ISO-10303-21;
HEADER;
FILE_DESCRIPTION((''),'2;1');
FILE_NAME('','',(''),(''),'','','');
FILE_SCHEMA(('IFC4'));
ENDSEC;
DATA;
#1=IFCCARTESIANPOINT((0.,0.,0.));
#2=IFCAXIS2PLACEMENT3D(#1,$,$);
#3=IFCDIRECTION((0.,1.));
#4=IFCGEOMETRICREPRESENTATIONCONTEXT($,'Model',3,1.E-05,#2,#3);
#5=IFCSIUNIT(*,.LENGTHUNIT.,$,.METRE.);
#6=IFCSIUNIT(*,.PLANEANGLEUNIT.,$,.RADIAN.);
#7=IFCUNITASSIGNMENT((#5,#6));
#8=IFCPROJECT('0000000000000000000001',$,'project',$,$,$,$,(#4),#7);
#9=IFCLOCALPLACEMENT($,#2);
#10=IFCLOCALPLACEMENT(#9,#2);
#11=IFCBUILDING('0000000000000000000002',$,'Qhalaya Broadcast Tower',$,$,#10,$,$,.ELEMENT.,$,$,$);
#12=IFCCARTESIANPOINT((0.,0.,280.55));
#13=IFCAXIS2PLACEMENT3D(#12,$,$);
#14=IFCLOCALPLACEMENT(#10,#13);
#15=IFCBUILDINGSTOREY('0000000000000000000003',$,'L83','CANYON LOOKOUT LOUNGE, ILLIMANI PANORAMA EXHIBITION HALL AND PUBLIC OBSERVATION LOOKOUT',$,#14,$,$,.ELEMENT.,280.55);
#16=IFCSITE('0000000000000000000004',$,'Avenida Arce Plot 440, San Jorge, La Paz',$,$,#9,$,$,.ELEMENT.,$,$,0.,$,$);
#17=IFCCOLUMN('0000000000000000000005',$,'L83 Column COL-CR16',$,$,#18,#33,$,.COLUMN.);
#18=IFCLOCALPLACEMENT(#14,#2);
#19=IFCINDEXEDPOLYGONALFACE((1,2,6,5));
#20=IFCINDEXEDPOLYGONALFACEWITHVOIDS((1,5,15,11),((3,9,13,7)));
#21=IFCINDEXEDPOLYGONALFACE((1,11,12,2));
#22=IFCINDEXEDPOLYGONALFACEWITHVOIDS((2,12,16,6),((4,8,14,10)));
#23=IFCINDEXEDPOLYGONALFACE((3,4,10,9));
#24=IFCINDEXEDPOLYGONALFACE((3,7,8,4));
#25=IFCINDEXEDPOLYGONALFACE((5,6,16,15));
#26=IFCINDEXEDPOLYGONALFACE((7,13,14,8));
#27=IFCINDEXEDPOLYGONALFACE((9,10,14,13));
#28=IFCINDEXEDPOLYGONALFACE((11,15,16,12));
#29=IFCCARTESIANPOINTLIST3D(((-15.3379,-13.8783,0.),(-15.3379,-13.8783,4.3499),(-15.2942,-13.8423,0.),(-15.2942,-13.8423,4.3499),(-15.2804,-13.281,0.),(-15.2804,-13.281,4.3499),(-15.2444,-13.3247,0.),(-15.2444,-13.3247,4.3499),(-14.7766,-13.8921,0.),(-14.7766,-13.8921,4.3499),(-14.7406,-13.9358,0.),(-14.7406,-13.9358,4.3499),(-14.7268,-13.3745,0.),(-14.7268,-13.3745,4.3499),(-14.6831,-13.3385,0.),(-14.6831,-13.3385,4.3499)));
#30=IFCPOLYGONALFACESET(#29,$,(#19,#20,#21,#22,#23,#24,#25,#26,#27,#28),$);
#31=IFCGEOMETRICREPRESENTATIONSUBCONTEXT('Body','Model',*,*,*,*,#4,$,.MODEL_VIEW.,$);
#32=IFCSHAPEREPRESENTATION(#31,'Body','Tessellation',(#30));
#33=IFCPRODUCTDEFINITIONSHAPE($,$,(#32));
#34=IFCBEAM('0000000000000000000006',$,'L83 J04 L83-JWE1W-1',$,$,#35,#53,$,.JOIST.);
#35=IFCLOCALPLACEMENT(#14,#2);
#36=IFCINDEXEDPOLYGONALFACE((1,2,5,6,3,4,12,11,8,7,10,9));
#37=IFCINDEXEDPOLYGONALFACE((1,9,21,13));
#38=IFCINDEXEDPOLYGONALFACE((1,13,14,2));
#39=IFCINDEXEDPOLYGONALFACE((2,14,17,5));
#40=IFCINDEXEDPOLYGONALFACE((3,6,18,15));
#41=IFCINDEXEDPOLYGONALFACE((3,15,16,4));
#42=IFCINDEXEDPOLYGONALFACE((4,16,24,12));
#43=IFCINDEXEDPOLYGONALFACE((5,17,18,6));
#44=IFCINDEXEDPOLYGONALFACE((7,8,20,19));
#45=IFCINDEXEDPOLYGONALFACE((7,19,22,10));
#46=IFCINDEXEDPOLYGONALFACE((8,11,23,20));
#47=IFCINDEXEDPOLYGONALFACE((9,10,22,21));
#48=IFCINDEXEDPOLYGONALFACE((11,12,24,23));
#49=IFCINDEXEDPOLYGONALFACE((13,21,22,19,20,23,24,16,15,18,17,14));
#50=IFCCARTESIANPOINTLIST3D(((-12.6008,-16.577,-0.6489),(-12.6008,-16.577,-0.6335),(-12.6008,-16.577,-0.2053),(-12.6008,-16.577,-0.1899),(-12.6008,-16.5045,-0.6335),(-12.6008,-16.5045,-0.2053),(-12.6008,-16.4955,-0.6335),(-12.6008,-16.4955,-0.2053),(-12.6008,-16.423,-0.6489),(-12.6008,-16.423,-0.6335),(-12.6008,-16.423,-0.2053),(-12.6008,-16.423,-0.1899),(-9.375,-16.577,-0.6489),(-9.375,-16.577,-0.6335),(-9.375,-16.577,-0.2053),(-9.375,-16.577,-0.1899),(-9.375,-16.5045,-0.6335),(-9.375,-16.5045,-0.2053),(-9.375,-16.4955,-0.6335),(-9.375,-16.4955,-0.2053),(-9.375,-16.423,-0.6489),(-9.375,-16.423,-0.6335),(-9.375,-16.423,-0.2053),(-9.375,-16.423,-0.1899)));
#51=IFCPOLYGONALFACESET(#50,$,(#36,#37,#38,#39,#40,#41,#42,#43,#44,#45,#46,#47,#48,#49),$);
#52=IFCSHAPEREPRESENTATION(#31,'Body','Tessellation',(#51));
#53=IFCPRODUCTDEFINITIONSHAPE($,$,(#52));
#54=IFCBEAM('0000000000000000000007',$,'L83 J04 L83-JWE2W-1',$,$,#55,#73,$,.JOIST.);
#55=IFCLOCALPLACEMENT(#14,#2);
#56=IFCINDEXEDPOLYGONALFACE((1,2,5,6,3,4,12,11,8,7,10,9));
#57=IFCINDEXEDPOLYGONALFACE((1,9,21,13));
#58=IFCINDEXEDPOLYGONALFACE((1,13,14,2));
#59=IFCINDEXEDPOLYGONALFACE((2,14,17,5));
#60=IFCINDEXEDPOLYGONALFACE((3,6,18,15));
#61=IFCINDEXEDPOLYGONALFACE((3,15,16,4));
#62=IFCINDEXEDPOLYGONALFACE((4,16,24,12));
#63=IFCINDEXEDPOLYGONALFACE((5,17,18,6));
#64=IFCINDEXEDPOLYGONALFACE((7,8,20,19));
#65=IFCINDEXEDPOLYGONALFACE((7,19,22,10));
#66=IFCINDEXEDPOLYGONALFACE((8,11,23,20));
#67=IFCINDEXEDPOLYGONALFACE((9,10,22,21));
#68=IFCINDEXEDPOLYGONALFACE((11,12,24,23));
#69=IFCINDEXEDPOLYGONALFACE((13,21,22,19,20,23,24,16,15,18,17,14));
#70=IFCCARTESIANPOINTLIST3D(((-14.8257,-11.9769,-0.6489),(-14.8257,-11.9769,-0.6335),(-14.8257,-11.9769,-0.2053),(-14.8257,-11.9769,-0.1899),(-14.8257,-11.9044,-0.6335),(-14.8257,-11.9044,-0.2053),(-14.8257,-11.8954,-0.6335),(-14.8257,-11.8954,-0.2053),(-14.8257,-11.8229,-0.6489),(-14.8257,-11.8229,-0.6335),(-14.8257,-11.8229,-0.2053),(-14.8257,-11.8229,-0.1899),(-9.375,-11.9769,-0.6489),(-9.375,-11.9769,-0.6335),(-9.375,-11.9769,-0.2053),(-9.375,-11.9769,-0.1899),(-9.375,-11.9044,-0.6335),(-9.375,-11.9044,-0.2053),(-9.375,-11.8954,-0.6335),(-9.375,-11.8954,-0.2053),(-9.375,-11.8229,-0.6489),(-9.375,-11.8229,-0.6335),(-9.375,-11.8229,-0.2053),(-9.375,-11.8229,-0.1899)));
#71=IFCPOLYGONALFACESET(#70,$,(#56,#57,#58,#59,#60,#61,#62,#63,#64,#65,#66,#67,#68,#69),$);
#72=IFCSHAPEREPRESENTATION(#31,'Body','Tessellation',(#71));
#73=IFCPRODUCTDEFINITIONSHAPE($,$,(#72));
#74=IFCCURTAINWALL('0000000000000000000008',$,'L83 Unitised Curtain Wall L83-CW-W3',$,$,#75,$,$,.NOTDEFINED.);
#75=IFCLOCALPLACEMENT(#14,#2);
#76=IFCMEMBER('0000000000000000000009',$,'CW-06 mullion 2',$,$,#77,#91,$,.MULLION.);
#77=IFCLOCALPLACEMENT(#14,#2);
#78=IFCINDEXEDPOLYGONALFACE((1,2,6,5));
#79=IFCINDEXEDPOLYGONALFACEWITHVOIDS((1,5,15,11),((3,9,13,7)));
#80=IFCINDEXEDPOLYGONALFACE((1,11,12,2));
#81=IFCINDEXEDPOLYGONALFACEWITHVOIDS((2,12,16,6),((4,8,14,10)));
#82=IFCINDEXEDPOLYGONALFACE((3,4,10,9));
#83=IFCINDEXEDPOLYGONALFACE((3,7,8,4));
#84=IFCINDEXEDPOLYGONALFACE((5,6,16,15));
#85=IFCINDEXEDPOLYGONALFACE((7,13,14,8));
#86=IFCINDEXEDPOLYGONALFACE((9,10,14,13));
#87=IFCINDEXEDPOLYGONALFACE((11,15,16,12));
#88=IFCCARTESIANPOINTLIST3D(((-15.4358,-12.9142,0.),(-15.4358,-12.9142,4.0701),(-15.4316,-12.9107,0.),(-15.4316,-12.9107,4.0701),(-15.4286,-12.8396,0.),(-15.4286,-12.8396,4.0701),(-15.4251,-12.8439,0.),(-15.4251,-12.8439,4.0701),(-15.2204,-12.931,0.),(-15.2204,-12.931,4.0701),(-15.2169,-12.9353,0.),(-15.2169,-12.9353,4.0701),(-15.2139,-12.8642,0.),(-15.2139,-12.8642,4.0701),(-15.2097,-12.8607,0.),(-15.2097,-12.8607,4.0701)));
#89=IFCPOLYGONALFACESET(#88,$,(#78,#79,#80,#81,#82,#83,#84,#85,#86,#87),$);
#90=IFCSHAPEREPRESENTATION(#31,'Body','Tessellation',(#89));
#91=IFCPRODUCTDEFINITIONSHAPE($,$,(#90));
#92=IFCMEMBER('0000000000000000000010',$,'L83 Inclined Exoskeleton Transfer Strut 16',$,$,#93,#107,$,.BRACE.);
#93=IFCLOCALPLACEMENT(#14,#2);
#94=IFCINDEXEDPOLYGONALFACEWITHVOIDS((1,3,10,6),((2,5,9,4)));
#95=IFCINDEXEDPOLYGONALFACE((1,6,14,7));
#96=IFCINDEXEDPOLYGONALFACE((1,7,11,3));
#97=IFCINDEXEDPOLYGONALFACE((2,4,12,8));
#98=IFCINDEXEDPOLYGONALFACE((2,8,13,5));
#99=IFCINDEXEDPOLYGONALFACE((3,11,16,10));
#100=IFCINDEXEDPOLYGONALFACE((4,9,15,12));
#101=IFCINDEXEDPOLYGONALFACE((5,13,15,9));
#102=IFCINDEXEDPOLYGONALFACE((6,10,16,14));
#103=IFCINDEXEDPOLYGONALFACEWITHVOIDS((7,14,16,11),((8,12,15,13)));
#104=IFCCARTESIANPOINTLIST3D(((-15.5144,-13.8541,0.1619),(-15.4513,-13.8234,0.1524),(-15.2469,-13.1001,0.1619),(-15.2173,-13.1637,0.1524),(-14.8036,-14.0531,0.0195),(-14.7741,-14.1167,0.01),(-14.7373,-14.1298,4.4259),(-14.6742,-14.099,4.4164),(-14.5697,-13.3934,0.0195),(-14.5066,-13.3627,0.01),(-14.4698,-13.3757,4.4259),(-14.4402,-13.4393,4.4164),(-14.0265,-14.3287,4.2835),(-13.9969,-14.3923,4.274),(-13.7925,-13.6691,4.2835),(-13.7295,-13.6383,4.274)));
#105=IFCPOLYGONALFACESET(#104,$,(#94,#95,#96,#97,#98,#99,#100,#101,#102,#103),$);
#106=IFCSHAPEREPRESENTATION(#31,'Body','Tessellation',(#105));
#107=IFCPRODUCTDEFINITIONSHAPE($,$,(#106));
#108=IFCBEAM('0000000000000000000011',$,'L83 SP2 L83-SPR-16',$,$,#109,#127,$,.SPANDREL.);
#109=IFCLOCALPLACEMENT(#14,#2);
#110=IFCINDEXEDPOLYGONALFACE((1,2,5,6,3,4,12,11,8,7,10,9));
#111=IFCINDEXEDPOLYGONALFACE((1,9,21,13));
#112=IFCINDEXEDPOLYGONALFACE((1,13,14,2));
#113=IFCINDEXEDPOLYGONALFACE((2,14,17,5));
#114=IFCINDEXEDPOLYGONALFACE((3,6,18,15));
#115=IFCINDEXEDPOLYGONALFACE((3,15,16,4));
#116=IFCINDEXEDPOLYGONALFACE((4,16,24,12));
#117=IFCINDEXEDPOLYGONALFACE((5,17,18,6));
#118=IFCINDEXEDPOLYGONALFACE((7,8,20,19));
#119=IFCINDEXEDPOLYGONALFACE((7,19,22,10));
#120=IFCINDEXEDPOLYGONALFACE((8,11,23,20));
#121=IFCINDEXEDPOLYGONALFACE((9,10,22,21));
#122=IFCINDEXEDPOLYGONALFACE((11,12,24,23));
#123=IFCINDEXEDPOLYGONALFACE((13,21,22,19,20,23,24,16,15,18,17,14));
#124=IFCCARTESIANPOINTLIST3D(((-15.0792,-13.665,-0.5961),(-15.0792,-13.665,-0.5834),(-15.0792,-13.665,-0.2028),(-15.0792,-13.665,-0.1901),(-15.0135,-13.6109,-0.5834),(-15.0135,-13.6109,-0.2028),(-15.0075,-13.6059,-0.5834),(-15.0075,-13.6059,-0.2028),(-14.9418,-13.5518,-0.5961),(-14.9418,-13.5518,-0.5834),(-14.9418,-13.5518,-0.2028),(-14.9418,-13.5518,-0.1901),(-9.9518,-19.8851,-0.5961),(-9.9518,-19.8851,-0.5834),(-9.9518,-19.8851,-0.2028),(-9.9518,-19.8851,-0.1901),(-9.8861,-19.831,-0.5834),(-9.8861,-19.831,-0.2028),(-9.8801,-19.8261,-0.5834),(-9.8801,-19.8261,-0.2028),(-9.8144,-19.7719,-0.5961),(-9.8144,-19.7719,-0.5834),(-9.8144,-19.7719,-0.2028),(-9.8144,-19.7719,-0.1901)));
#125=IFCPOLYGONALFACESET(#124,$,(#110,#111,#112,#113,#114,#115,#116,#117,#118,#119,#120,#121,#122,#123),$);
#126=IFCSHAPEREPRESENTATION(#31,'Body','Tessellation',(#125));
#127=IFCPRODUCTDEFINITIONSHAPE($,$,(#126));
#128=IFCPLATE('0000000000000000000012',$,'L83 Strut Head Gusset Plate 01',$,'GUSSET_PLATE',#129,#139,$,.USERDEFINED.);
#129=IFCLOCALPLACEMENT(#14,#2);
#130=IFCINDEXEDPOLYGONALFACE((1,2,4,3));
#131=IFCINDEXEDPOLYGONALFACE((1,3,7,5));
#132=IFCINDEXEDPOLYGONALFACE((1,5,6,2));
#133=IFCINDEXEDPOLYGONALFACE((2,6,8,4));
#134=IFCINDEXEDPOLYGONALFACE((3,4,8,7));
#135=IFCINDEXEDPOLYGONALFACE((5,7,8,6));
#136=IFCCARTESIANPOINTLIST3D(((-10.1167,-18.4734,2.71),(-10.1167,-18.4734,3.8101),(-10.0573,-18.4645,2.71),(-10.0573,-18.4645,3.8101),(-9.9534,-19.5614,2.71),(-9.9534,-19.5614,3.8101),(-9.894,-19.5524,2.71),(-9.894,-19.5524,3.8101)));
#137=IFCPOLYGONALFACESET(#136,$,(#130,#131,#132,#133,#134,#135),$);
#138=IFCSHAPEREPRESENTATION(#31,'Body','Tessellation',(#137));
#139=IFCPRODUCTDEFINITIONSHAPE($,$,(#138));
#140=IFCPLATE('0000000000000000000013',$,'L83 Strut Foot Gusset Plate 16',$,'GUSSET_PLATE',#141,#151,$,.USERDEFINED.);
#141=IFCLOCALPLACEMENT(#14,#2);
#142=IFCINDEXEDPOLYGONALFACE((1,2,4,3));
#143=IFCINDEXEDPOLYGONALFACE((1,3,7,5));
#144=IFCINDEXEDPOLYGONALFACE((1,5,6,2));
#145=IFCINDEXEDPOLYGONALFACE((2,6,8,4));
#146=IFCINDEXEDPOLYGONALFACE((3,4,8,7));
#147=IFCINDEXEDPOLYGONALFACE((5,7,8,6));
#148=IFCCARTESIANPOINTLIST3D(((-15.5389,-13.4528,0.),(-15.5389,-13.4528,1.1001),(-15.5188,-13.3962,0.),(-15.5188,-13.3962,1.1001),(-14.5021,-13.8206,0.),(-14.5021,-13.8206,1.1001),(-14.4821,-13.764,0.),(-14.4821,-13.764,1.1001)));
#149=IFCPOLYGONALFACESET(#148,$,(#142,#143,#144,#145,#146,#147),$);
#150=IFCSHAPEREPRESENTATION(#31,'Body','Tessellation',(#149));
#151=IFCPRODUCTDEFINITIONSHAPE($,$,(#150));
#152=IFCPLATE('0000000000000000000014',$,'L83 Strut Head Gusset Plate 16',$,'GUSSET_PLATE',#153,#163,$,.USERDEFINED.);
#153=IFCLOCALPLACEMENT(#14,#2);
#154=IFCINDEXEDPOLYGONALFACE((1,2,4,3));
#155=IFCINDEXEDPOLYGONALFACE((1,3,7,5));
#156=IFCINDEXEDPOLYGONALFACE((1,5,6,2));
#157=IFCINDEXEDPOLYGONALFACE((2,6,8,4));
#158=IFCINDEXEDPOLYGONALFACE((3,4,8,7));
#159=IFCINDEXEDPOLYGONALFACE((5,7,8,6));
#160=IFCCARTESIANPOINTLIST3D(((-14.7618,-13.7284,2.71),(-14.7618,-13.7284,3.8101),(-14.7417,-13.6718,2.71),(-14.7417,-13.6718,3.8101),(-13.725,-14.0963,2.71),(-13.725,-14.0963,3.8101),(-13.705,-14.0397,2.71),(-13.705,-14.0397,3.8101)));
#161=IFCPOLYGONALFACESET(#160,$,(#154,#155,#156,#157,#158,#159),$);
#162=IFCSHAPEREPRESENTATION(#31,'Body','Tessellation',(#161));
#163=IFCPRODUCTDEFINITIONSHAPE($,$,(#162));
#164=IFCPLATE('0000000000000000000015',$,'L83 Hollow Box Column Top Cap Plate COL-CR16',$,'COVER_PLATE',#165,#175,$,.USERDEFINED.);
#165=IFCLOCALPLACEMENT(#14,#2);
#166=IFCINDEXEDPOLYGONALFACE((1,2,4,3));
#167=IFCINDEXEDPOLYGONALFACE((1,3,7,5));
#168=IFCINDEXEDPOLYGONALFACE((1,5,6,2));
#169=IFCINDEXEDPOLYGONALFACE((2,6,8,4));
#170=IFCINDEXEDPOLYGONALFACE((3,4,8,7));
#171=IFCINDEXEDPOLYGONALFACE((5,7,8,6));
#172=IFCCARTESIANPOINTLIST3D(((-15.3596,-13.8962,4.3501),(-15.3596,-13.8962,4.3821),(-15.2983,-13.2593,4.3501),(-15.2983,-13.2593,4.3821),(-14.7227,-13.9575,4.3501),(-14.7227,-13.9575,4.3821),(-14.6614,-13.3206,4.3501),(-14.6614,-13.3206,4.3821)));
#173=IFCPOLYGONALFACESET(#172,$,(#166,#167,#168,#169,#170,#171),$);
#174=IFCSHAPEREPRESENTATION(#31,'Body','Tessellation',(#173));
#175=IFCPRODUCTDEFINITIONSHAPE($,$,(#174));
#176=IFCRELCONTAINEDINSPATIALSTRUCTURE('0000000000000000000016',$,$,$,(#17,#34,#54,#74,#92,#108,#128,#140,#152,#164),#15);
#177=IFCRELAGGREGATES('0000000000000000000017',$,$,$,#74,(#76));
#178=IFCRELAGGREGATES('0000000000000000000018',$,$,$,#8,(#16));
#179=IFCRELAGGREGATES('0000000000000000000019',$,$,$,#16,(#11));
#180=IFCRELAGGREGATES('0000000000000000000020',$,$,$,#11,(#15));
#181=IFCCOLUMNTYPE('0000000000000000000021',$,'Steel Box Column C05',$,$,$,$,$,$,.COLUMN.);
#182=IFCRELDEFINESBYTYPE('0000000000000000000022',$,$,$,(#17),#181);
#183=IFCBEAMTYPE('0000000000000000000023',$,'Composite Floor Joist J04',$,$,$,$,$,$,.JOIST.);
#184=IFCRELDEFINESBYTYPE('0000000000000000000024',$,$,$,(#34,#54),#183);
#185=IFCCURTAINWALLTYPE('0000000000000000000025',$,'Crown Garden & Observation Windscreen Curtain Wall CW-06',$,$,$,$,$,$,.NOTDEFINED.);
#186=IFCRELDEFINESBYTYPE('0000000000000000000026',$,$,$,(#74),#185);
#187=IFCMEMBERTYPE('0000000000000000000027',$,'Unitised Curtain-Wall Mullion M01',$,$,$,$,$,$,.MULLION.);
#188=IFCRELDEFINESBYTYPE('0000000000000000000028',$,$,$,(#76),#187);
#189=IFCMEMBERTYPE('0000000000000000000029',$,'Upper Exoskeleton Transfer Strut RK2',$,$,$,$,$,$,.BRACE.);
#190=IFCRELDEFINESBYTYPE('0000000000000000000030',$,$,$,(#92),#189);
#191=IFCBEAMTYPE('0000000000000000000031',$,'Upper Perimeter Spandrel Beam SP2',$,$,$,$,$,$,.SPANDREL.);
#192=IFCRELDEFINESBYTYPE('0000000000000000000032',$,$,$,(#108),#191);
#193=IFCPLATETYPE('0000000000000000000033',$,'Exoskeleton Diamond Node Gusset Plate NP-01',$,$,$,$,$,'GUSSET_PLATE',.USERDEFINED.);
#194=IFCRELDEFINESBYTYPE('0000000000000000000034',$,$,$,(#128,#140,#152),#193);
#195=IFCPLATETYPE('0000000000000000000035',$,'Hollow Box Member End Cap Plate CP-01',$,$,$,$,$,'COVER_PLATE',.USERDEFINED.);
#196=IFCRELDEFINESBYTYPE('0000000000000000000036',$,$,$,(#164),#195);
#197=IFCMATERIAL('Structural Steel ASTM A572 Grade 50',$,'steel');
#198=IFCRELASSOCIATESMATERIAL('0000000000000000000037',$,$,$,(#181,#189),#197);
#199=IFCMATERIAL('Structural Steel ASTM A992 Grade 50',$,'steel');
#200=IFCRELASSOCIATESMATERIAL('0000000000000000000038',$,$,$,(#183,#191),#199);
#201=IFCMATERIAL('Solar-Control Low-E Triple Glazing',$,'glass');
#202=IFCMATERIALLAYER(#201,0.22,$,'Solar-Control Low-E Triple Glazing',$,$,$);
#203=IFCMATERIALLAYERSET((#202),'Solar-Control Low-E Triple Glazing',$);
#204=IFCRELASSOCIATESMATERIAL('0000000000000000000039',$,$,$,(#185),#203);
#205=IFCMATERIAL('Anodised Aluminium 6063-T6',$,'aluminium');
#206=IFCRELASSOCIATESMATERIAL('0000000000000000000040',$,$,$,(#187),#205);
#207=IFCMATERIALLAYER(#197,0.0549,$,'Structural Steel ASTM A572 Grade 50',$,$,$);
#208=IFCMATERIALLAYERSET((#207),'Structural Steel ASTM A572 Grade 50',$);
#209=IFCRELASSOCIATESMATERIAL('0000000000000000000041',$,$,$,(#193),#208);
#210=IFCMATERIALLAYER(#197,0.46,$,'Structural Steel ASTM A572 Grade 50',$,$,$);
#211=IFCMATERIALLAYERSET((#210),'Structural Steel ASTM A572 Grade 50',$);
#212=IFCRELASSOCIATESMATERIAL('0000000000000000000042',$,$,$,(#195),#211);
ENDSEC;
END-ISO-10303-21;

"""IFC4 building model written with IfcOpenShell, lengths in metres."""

from ifc_helpers import new_model, si_unit, direction, frame, origin, origin_2d, place, context, subcontext, project, spatial, rectangle, hollow_rectangle, i_section, extrude, material, layer, layer_set, material_profile, profile_set, type_object, element, aggregate, save


model = new_model("IFC4")

# Units and contexts
model_context = context("Model", 3, precision=1e-05, world=origin(), true_north=direction((0.0, 1.0)))
body_context = subcontext(model_context, "Body", "Model", "MODEL_VIEW")
ifc_project = project(units=[si_unit("LENGTHUNIT", "METRE"), si_unit("PLANEANGLEUNIT", "RADIAN")], contexts=[model_context])

# Site, building, storey
site_placement = place(None, origin())
site = spatial("IfcSite", under=ifc_project, at=site_placement, Name="Avenida Arce Plot 440, San Jorge, La Paz", CompositionType="ELEMENT", RefElevation=0.0)
building_placement = place(site_placement, origin())
building = spatial("IfcBuilding", under=site, at=building_placement, Name="Qhalaya Broadcast Tower", CompositionType="ELEMENT")
storey_placement = place(building_placement, frame((0.0, 0.0, 280.55)))
storey = spatial("IfcBuildingStorey", under=building, at=storey_placement, Name="L83", Description="CANYON LOOKOUT LOUNGE, ILLIMANI PANORAMA EXHIBITION HALL AND PUBLIC OBSERVATION LOOKOUT", CompositionType="ELEMENT", Elevation=280.55)

# Column
ifc_material_1 = material(Name="Structural Steel ASTM A572 Grade 50", Category="steel")
ifc_material_profile_1 = material_profile(ifc_material_1, hollow_rectangle(XDim=0.6001, YDim=0.6001, WallThickness=0.04, at=origin_2d()), Name="BOX 600x600x40")
ifc_profile_set_1 = profile_set([ifc_material_profile_1], Name="Structural Steel ASTM A572 Grade 50")
column_type = type_object("IfcColumnType", Name="Steel Box Column C05", PredefinedType="COLUMN", material=ifc_profile_set_1)
column_placement = place(storey_placement, frame((-15.0105, -13.6084, 0.0), z_axis=(0.0, 0.0, 1.0), x_axis=(0.095846, 0.995396, 0.0)))
element("IfcColumn", 1, at=column_placement, inside=storey, type_object=column_type, Name="L83 Column COL-CR16", PredefinedType="COLUMN", context=body_context, shape_type="SweptSolid", body=[
    extrude(hollow_rectangle(XDim=0.6001, YDim=0.6001, WallThickness=0.04, at=origin_2d()), origin(), (0.0, 0.0, 1.0), 4.3499),
])

# Beams
ifc_material_2 = material(Name="Structural Steel ASTM A992 Grade 50", Category="steel")
ifc_material_profile_2 = material_profile(ifc_material_2, i_section(OverallWidth=0.1541, OverallDepth=0.459, WebThickness=0.009, FlangeThickness=0.0154, at=origin_2d()), Name="W18X46")
ifc_profile_set_2 = profile_set([ifc_material_profile_2], Name="Structural Steel ASTM A992 Grade 50")
beam_type_1 = type_object("IfcBeamType", Name="Composite Floor Joist J04", PredefinedType="JOIST", material=ifc_profile_set_2)
beam_1_placement = place(storey_placement, frame((-12.6008, -16.5, -0.4194), z_axis=(1.0, 0.0, 0.0), x_axis=(0.0, 1.0, 0.0)))
element("IfcBeam", 2, at=beam_1_placement, inside=storey, type_object=beam_type_1, Name="L83 J04 L83-JWE1W-1", PredefinedType="JOIST", context=body_context, shape_type="SweptSolid", body=[
    extrude(i_section(OverallWidth=0.1541, OverallDepth=0.459, WebThickness=0.009, FlangeThickness=0.0154, at=origin_2d()), origin(), (0.0, 0.0, 1.0), 3.2258),
])
beam_2_placement = place(storey_placement, frame((-14.8257, -11.8999, -0.4194), z_axis=(1.0, 0.0, 0.0), x_axis=(0.0, 1.0, 0.0)))
element("IfcBeam", 3, at=beam_2_placement, inside=storey, type_object=beam_type_1, Name="L83 J04 L83-JWE2W-1", PredefinedType="JOIST", context=body_context, shape_type="SweptSolid", body=[
    extrude(i_section(OverallWidth=0.1541, OverallDepth=0.459, WebThickness=0.009, FlangeThickness=0.0154, at=origin_2d()), origin(), (0.0, 0.0, 1.0), 5.4507),
])

# Curtain wall, member
ifc_material_3 = material(Name="Solar-Control Low-E Triple Glazing", Category="glass")
ifc_layer_1 = layer(ifc_material_3, 0.22, Name="Solar-Control Low-E Triple Glazing")
ifc_layer_set_1 = layer_set([ifc_layer_1], Name="Solar-Control Low-E Triple Glazing")
curtain_wall_type = type_object("IfcCurtainWallType", Name="Crown Garden & Observation Windscreen Curtain Wall CW-06", PredefinedType="NOTDEFINED", material=ifc_layer_set_1)
curtain_wall_placement = place(storey_placement, origin())
curtain_wall = element("IfcCurtainWall", 4, at=curtain_wall_placement, inside=storey, type_object=curtain_wall_type, Name="L83 Unitised Curtain Wall L83-CW-W3", PredefinedType="NOTDEFINED")
ifc_material_4 = material(Name="Anodised Aluminium 6063-T6", Category="aluminium")
ifc_material_profile_3 = material_profile(ifc_material_4, hollow_rectangle(XDim=0.075, YDim=0.22, WallThickness=0.0039, at=origin_2d()), Name="ALU-MUL 75x220x4")
ifc_profile_set_3 = profile_set([ifc_material_profile_3], Name="Anodised Aluminium 6063-T6")
member_type_1 = type_object("IfcMemberType", Name="Unitised Curtain-Wall Mullion M01", PredefinedType="MULLION", material=ifc_profile_set_3)
member_1_placement = place(storey_placement, frame((-15.3228, -12.8875, 0.0), z_axis=(0.0, 0.0, 1.0), x_axis=(-0.095843, -0.995397, 0.0)))
member_1 = element("IfcMember", 5, at=member_1_placement, type_object=member_type_1, Name="CW-06 mullion 2", PredefinedType="MULLION", context=body_context, shape_type="SweptSolid", body=[
    extrude(hollow_rectangle(XDim=0.075, YDim=0.22, WallThickness=0.0039, at=origin_2d()), origin(), (0.0, 0.0, 1.0), 4.0701),
])

# Member
ifc_material_profile_4 = material_profile(ifc_material_1, hollow_rectangle(XDim=0.8, YDim=0.8, WallThickness=0.05, at=origin_2d()), Name="BOX 800x800x50")
ifc_profile_set_4 = profile_set([ifc_material_profile_4], Name="Structural Steel ASTM A572 Grade 50")
member_type_2 = type_object("IfcMemberType", Name="Upper Exoskeleton Transfer Strut RK2", PredefinedType="BRACE", material=ifc_profile_set_4)
member_2_placement = place(storey_placement, frame((-15.0105, -13.6084, 0.0859), z_axis=(0.178935, -0.063468, 0.981812), x_axis=(0.334291, 0.94247, 0.0)))
element("IfcMember", 6, at=member_2_placement, inside=storey, type_object=member_type_2, Name="L83 Inclined Exoskeleton Transfer Strut 16", PredefinedType="BRACE", context=body_context, shape_type="SweptSolid", body=[
    extrude(hollow_rectangle(XDim=0.8, YDim=0.8, WallThickness=0.05, at=origin_2d()), origin(), (0.0, 0.0, 1.0), 4.343),
])

# Beam
ifc_material_profile_5 = material_profile(ifc_material_2, i_section(OverallWidth=0.178, OverallDepth=0.406, WebThickness=0.0078, FlangeThickness=0.0127, at=origin_2d()), Name="W16X40")
ifc_profile_set_5 = profile_set([ifc_material_profile_5], Name="Structural Steel ASTM A992 Grade 50")
beam_type_2 = type_object("IfcBeamType", Name="Upper Perimeter Spandrel Beam SP2", PredefinedType="SPANDREL", material=ifc_profile_set_5)
beam_3_placement = place(storey_placement, frame((-15.0105, -13.6084, -0.3931), z_axis=(0.63607, -0.771631, 0.0), x_axis=(0.771631, 0.63607, 0.0)))
element("IfcBeam", 7, at=beam_3_placement, inside=storey, type_object=beam_type_2, Name="L83 SP2 L83-SPR-16", PredefinedType="SPANDREL", context=body_context, shape_type="SweptSolid", body=[
    extrude(i_section(OverallWidth=0.178, OverallDepth=0.406, WebThickness=0.0078, FlangeThickness=0.0127, at=origin_2d()), origin(), (0.0, 0.0, 1.0), 8.061),
])

# Plates
ifc_layer_2 = layer(ifc_material_1, 0.0549, Name="Structural Steel ASTM A572 Grade 50")
ifc_layer_set_2 = layer_set([ifc_layer_2], Name="Structural Steel ASTM A572 Grade 50")
plate_type_1 = type_object("IfcPlateType", Name="Exoskeleton Diamond Node Gusset Plate NP-01", ElementType="GUSSET_PLATE", PredefinedType="USERDEFINED", material=ifc_layer_set_2)
for number, where, z_axis, x_axis, name in (
    (8, (-10.0054, -19.0129, 2.71), (0.0, 0.0, 1.0), (-0.148431, 0.988923, 0.0), "L83 Strut Head Gusset Plate 01"),
    (9, (-15.0105, -13.6084, 0.0), (0.0, 0.0, 1.0), (0.942443, -0.334366, 0.0), "L83 Strut Foot Gusset Plate 16"),
    (10, (-14.2334, -13.884, 2.71), (0.0, 0.0, 1.0), (0.942443, -0.334366, 0.0), "L83 Strut Head Gusset Plate 16"),
):
    element("IfcPlate", number, at=place(storey_placement, frame(where, z_axis=z_axis, x_axis=x_axis)), inside=storey, type_object=plate_type_1, Name=name, ObjectType="GUSSET_PLATE", PredefinedType="USERDEFINED", context=body_context, shape_type="SweptSolid", body=[
        extrude(rectangle(XDim=1.1001, YDim=0.0601, at=origin_2d()), origin(), (0.0, 0.0, 1.0), 1.1001),
    ])
ifc_layer_3 = layer(ifc_material_1, 0.46, Name="Structural Steel ASTM A572 Grade 50")
ifc_layer_set_3 = layer_set([ifc_layer_3], Name="Structural Steel ASTM A572 Grade 50")
plate_type_2 = type_object("IfcPlateType", Name="Hollow Box Member End Cap Plate CP-01", ElementType="COVER_PLATE", PredefinedType="USERDEFINED", material=ifc_layer_set_3)
plate_1_placement = place(storey_placement, frame((-15.0105, -13.6084, 4.3501), z_axis=(0.0, 0.0, 1.0), x_axis=(0.095846, 0.995396, 0.0)))
element("IfcPlate", 11, at=plate_1_placement, inside=storey, type_object=plate_type_2, Name="L83 Hollow Box Column Top Cap Plate COL-CR16", ObjectType="COVER_PLATE", PredefinedType="USERDEFINED", context=body_context, shape_type="SweptSolid", body=[
    extrude(rectangle(XDim=0.6399, YDim=0.6399, at=origin_2d()), origin(), (0.0, 0.0, 1.0), 0.032),
])

aggregate(curtain_wall, [member_1])

save(model, "model.ifc")
